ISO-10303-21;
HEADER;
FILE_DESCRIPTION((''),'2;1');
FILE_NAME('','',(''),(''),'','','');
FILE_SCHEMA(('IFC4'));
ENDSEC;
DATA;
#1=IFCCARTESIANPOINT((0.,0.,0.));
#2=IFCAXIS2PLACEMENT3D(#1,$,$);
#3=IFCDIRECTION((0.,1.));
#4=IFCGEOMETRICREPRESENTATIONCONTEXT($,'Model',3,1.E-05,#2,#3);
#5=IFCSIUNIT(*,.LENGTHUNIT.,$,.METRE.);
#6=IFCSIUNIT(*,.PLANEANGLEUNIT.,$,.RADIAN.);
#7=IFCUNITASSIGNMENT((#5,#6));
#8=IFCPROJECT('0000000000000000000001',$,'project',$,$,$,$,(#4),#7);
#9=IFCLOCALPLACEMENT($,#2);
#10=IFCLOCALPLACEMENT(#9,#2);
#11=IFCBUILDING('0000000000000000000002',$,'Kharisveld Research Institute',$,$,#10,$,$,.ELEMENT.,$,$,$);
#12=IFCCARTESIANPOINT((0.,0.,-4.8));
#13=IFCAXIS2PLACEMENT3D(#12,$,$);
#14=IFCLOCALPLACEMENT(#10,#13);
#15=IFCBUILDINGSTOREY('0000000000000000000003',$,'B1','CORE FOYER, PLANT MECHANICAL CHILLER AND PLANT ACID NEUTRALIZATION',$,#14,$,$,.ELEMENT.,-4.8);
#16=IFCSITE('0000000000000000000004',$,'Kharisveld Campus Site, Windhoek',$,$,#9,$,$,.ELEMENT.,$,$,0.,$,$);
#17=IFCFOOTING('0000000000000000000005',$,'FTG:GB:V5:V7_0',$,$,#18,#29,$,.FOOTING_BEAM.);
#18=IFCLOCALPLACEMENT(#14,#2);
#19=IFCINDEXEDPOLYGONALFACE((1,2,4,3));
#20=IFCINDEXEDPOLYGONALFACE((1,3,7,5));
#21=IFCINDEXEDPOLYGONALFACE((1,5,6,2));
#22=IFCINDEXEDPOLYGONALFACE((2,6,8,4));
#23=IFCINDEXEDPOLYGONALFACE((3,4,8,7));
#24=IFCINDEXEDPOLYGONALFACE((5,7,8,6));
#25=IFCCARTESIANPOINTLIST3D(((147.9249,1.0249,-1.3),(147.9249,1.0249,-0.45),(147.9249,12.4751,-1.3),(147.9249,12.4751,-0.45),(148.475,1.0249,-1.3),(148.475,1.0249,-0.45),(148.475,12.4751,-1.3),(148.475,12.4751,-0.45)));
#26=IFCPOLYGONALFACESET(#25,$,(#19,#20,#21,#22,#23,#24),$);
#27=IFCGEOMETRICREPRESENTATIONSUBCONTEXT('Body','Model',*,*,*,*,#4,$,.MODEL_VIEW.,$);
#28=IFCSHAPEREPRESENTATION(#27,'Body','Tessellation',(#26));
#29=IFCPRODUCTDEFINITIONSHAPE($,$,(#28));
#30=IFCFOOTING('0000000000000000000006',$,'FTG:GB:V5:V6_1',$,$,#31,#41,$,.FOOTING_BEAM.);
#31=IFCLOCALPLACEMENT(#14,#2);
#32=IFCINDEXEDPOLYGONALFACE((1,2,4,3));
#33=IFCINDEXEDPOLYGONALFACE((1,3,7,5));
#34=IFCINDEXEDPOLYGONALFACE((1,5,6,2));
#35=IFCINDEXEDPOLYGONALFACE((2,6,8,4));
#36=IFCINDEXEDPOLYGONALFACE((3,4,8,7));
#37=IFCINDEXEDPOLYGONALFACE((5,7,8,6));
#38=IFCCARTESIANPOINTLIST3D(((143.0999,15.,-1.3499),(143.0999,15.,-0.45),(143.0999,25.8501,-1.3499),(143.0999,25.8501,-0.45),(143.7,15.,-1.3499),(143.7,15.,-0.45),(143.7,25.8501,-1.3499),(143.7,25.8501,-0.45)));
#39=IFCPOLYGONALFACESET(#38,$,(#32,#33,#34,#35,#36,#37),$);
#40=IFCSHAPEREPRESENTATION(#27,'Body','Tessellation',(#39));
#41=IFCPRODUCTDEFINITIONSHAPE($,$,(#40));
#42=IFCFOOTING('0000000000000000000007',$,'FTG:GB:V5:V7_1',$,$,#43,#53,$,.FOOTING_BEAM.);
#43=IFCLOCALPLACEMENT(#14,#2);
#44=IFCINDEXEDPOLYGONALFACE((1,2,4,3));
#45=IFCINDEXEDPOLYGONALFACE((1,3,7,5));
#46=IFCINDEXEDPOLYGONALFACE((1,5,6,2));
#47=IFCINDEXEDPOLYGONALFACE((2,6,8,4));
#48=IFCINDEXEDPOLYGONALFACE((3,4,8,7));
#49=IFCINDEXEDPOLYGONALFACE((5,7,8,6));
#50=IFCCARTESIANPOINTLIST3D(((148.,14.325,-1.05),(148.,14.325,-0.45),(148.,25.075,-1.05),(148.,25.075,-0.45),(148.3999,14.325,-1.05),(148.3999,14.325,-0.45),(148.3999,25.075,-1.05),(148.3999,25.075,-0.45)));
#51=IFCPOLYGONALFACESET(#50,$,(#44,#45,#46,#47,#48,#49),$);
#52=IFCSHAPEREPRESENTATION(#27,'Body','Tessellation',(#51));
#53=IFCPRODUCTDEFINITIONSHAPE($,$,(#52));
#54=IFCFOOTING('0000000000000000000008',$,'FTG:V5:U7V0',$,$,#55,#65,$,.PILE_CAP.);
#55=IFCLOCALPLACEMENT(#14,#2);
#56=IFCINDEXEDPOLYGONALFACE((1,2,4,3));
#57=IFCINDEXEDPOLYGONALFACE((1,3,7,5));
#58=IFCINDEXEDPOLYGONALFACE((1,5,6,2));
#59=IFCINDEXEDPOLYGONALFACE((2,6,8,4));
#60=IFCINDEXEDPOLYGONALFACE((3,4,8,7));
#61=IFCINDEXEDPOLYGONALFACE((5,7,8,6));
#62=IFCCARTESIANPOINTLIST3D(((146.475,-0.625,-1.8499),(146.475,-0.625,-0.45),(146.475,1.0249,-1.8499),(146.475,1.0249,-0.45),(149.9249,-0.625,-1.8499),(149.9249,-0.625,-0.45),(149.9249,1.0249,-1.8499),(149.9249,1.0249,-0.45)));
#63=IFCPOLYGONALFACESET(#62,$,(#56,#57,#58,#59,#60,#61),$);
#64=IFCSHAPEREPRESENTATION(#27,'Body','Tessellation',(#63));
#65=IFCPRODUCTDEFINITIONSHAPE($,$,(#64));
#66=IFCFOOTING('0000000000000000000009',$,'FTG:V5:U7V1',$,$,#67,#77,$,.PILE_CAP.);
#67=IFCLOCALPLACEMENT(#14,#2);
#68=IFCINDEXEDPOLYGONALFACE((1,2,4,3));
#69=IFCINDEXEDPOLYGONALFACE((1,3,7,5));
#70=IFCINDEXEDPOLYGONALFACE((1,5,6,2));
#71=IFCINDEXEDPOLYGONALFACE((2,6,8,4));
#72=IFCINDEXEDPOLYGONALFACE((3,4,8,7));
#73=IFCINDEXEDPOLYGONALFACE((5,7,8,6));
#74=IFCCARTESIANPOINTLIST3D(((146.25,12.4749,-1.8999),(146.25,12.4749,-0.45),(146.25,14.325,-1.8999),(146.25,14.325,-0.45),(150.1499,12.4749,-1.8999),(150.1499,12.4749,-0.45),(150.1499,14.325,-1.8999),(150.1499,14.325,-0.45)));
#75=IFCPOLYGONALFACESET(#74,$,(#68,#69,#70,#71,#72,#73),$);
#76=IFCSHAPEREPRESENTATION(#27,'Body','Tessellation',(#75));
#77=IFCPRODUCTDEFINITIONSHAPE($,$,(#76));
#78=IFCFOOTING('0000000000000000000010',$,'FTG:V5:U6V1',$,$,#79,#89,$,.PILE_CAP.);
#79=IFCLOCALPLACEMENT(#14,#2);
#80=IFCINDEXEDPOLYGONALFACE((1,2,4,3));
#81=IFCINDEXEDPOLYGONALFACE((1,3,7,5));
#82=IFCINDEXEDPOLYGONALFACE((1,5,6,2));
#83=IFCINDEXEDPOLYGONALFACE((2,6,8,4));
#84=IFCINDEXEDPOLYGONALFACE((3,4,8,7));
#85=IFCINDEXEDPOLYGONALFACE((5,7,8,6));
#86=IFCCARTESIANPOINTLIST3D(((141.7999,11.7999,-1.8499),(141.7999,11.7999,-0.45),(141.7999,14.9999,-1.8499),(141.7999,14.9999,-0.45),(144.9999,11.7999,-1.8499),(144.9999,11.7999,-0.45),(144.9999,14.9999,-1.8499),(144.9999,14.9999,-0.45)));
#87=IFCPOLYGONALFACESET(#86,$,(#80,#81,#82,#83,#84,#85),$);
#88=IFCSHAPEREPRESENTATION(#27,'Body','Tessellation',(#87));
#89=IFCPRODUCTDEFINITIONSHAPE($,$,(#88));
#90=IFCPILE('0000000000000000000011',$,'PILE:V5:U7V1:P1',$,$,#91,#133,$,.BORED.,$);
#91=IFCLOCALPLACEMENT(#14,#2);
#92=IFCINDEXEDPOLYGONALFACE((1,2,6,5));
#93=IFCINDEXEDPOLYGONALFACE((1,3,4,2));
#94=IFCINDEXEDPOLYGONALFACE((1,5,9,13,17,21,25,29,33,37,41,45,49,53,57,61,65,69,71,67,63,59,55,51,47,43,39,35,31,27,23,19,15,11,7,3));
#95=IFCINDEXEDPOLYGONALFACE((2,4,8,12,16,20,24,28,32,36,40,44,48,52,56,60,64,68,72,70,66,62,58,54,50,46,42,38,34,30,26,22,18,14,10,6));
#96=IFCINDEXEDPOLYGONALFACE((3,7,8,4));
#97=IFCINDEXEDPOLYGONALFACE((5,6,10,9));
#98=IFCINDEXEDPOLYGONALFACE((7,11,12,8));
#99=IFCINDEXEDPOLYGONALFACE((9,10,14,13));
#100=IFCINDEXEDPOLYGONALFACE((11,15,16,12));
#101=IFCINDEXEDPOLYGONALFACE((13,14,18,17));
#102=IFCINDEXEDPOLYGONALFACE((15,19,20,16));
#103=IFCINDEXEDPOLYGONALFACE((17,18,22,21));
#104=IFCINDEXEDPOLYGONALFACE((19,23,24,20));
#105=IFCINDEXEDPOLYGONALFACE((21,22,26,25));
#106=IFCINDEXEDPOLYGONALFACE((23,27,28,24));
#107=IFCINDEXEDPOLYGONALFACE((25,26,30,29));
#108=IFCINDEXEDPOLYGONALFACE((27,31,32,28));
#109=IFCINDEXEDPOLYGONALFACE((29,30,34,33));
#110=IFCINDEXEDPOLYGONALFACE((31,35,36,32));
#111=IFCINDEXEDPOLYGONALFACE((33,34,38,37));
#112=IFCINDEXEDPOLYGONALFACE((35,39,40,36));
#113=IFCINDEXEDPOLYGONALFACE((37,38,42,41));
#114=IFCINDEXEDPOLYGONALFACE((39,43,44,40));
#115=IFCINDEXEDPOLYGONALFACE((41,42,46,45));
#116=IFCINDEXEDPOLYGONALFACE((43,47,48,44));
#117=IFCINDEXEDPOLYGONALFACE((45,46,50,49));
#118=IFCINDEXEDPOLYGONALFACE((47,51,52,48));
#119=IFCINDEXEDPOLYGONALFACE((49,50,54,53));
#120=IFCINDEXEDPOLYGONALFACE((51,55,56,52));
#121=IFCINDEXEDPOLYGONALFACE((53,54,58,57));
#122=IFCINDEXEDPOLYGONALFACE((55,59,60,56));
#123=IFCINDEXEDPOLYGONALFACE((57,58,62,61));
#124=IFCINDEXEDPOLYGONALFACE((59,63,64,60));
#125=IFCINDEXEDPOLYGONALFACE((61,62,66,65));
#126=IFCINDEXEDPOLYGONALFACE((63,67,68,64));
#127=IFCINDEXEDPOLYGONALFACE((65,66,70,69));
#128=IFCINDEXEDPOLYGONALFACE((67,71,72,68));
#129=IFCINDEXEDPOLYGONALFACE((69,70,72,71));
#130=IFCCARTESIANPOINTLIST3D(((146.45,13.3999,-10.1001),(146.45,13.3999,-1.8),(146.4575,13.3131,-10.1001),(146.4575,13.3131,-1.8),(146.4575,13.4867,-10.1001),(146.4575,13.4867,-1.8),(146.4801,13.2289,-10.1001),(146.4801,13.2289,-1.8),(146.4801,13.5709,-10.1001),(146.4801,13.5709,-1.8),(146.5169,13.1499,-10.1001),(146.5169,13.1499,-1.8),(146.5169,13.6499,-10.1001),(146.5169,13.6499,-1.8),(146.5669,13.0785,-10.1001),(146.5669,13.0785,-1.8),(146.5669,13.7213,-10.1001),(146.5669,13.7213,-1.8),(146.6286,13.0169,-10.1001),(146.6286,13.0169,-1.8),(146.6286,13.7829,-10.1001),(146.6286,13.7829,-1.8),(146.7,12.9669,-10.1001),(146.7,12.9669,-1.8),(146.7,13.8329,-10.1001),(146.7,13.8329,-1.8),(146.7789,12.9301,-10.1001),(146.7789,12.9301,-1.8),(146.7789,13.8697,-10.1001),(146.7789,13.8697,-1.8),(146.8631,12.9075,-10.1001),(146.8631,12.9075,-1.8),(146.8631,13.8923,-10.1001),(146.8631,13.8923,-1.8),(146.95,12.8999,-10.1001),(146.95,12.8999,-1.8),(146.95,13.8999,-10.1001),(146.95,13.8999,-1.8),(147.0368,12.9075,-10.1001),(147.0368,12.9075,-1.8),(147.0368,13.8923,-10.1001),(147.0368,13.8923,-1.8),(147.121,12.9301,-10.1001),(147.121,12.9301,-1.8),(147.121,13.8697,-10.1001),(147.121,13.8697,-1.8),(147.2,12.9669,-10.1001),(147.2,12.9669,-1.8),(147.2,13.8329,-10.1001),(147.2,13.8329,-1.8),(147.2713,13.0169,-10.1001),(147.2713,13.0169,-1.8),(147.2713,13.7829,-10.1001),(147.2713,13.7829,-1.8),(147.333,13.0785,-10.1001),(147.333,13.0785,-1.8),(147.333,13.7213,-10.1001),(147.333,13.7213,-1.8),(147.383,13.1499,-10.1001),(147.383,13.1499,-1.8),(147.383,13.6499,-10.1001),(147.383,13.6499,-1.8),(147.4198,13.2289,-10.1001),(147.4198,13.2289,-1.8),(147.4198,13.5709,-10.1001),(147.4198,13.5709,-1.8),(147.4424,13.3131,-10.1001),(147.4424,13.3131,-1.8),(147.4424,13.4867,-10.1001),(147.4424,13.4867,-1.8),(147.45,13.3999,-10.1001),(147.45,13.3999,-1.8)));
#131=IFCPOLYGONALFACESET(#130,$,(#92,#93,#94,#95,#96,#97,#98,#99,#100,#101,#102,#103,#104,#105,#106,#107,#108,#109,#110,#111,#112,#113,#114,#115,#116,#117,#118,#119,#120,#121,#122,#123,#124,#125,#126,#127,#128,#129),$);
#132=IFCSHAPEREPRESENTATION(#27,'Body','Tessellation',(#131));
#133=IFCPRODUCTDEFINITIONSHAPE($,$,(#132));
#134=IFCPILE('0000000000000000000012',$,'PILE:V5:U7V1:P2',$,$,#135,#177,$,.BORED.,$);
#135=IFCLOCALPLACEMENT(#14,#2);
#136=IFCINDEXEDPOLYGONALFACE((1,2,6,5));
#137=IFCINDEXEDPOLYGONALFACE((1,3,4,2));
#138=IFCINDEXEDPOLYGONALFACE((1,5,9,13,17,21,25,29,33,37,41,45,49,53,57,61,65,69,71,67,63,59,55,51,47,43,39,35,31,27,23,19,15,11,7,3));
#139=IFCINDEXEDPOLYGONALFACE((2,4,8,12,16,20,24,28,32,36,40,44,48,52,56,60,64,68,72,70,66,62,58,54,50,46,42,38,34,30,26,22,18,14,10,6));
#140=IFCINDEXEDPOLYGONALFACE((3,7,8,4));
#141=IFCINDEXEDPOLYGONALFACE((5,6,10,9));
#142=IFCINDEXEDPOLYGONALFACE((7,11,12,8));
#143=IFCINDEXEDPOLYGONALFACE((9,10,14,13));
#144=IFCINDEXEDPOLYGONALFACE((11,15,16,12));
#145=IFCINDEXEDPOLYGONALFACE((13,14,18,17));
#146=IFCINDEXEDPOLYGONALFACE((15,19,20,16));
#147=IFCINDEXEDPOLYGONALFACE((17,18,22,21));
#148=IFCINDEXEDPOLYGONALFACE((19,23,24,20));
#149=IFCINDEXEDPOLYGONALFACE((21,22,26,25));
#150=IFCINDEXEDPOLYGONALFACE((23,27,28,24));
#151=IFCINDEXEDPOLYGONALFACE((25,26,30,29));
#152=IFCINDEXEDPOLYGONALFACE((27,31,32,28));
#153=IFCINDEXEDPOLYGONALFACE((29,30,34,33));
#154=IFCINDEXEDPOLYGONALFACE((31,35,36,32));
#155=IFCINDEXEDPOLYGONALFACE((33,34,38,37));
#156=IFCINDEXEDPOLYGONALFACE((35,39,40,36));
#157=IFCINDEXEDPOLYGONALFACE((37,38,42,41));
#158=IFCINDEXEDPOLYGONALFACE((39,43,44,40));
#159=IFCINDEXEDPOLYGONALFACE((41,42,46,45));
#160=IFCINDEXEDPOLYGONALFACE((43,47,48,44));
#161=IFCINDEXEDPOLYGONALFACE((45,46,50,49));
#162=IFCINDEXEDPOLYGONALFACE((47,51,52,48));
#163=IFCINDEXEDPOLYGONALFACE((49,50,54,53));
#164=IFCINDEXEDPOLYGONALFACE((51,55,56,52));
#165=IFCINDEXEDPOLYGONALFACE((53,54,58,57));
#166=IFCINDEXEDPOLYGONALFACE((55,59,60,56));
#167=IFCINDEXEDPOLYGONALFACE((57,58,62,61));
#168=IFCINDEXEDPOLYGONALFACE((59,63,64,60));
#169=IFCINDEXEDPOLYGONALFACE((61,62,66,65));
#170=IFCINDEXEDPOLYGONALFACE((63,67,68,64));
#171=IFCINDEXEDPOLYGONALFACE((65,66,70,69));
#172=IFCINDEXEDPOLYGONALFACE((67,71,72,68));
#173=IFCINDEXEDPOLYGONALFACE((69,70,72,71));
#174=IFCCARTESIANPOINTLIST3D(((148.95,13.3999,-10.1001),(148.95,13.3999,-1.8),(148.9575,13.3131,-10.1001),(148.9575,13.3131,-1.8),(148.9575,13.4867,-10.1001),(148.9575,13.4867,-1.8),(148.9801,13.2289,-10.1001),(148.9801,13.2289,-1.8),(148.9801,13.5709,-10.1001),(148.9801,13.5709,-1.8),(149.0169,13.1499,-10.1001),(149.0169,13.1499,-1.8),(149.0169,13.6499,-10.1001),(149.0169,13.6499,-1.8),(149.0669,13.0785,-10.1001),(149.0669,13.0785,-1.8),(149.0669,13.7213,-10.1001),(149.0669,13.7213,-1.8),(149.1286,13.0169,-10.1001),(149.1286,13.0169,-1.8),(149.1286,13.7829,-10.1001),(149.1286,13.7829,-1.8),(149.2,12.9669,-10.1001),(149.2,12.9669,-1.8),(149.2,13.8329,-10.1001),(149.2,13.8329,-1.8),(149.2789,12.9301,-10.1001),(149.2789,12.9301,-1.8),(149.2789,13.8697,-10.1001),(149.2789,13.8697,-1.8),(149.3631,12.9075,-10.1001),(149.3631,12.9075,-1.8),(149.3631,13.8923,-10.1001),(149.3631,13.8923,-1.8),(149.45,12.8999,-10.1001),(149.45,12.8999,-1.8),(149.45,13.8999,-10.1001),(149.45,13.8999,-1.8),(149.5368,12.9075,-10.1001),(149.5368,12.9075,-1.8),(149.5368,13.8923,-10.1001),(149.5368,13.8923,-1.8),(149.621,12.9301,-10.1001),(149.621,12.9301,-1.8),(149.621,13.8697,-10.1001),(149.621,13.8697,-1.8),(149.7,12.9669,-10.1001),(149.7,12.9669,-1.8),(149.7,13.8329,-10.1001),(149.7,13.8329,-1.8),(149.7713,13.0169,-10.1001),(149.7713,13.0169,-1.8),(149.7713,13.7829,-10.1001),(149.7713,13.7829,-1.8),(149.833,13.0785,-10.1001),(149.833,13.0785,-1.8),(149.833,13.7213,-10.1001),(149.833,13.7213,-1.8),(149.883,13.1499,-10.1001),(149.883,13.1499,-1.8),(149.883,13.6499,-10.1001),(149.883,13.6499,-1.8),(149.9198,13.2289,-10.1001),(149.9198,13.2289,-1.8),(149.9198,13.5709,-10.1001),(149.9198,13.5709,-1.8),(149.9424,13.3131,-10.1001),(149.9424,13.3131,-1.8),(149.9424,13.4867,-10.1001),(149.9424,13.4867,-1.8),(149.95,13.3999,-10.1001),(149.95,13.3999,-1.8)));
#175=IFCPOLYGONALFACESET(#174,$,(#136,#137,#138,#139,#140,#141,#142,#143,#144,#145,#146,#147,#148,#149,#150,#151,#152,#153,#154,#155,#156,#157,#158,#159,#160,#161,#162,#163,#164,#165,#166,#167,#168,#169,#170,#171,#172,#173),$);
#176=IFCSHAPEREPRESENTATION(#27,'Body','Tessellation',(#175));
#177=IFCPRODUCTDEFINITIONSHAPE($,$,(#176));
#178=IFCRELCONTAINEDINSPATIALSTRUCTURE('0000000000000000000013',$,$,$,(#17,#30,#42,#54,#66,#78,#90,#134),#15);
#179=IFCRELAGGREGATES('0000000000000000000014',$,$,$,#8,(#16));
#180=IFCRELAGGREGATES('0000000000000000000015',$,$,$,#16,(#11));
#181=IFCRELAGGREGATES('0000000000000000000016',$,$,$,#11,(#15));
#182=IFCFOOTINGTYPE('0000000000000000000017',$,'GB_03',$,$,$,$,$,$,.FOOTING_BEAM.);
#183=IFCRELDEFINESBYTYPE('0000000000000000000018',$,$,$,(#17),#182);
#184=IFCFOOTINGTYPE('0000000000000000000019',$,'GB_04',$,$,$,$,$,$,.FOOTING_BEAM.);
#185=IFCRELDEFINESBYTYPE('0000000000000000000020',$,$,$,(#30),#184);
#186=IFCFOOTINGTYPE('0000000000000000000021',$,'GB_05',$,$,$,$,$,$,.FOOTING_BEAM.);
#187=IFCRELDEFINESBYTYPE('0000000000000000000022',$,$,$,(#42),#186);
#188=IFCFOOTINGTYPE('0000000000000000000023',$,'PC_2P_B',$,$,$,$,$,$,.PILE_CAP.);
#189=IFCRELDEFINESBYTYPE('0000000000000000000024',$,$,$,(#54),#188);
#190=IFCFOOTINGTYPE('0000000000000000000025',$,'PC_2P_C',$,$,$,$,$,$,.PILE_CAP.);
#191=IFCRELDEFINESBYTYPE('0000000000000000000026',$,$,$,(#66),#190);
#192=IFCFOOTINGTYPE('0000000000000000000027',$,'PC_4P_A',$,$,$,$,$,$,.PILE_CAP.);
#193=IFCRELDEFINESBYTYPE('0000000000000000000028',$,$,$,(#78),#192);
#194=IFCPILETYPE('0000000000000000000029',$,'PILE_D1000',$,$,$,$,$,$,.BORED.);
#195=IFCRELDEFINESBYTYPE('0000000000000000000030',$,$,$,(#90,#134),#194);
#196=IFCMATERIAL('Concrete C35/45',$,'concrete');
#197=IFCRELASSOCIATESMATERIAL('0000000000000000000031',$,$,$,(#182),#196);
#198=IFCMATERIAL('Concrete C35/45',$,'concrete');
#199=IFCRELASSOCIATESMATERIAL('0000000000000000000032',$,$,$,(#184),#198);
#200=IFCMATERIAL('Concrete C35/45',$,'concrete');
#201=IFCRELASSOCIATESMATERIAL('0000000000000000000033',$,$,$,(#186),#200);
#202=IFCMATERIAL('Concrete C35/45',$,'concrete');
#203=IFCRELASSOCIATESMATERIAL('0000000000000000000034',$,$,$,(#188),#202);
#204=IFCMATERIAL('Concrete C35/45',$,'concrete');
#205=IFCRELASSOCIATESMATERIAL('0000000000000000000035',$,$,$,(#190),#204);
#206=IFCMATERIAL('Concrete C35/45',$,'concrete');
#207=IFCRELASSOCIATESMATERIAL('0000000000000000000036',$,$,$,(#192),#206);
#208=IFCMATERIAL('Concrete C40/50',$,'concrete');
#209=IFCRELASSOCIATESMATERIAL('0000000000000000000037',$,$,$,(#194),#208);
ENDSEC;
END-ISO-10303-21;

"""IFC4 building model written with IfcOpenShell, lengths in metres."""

from ifc_helpers import new_model, si_unit, direction, frame, origin, origin_2d, place, context, subcontext, project, spatial, rectangle, circle, extrude, material, material_profile, profile_set, type_object, element, save


model = new_model("IFC4")

# Units and contexts
model_context = context("Model", 3, precision=1e-05, world=origin(), true_north=direction((0.0, 1.0)))
body_context = subcontext(model_context, "Body", "Model", "MODEL_VIEW")
ifc_project = project(units=[si_unit("LENGTHUNIT", "METRE"), si_unit("PLANEANGLEUNIT", "RADIAN")], contexts=[model_context])

# Site, building, storey
site_placement = place(None, origin())
site = spatial("IfcSite", under=ifc_project, at=site_placement, Name="Kharisveld Campus Site, Windhoek", CompositionType="ELEMENT", RefElevation=0.0)
building_placement = place(site_placement, origin())
building = spatial("IfcBuilding", under=site, at=building_placement, Name="Kharisveld Research Institute", CompositionType="ELEMENT")
storey_placement = place(building_placement, frame((0.0, 0.0, -4.8)))
storey = spatial("IfcBuildingStorey", under=building, at=storey_placement, Name="B1", Description="CORE FOYER, PLANT MECHANICAL CHILLER AND PLANT ACID NEUTRALIZATION", CompositionType="ELEMENT", Elevation=-4.8)

# Footings
ifc_material_1 = material(Name="Concrete C35/45", Category="concrete")
ifc_material_profile_1 = material_profile(ifc_material_1, rectangle(XDim=0.55, YDim=0.8501, at=origin_2d()))
ifc_profile_set_1 = profile_set([ifc_material_profile_1], Name="Concrete C35/45")
footing_type_1 = type_object("IfcFootingType", Name="GB_03", PredefinedType="FOOTING_BEAM", material=ifc_profile_set_1)
footing_1_placement = place(storey_placement, frame((148.2, 1.0249, -0.875), z_axis=(0.0, 1.0, 0.0), x_axis=(-1.0, 0.0, 0.0)))
element("IfcFooting", 1, at=footing_1_placement, inside=storey, type_object=footing_type_1, Name="FTG:GB:V5:V7_0", PredefinedType="FOOTING_BEAM", context=body_context, shape_type="SweptSolid", body=[
    extrude(rectangle(XDim=0.55, YDim=0.8501, at=origin_2d()), origin(), (0.0, 0.0, 1.0), 11.4502),
])
ifc_material_2 = material(Name="Concrete C35/45", Category="concrete")
ifc_material_profile_2 = material_profile(ifc_material_2, rectangle(XDim=0.6001, YDim=0.8999, at=origin_2d()))
ifc_profile_set_2 = profile_set([ifc_material_profile_2], Name="Concrete C35/45")
footing_type_2 = type_object("IfcFootingType", Name="GB_04", PredefinedType="FOOTING_BEAM", material=ifc_profile_set_2)
footing_2_placement = place(storey_placement, frame((143.3999, 15.0, -0.8999), z_axis=(0.0, 1.0, 0.0), x_axis=(-1.0, 0.0, 0.0)))
element("IfcFooting", 2, at=footing_2_placement, inside=storey, type_object=footing_type_2, Name="FTG:GB:V5:V6_1", PredefinedType="FOOTING_BEAM", context=body_context, shape_type="SweptSolid", body=[
    extrude(rectangle(XDim=0.6001, YDim=0.8999, at=origin_2d()), origin(), (0.0, 0.0, 1.0), 10.8501),
])
ifc_material_3 = material(Name="Concrete C35/45", Category="concrete")
ifc_material_profile_3 = material_profile(ifc_material_3, rectangle(XDim=0.3999, YDim=0.6001, at=origin_2d()))
ifc_profile_set_3 = profile_set([ifc_material_profile_3], Name="Concrete C35/45")
footing_type_3 = type_object("IfcFootingType", Name="GB_05", PredefinedType="FOOTING_BEAM", material=ifc_profile_set_3)
footing_3_placement = place(storey_placement, frame((148.2, 14.325, -0.75), z_axis=(0.0, 1.0, 0.0), x_axis=(-1.0, 0.0, 0.0)))
element("IfcFooting", 3, at=footing_3_placement, inside=storey, type_object=footing_type_3, Name="FTG:GB:V5:V7_1", PredefinedType="FOOTING_BEAM", context=body_context, shape_type="SweptSolid", body=[
    extrude(rectangle(XDim=0.3999, YDim=0.6001, at=origin_2d()), origin(), (0.0, 0.0, 1.0), 10.75),
])
ifc_material_4 = material(Name="Concrete C35/45", Category="concrete")
footing_type_4 = type_object("IfcFootingType", Name="PC_2P_B", PredefinedType="PILE_CAP", material=ifc_material_4)
footing_4_placement = place(storey_placement, frame((148.2, 0.2, -1.8499), z_axis=(0.0, 0.0, 1.0), x_axis=(1.0, 0.0, 0.0)))
element("IfcFooting", 4, at=footing_4_placement, inside=storey, type_object=footing_type_4, Name="FTG:V5:U7V0", PredefinedType="PILE_CAP", context=body_context, shape_type="SweptSolid", body=[
    extrude(rectangle(XDim=3.45, YDim=1.6499, at=origin_2d()), origin(), (0.0, 0.0, 1.0), 1.3999),
])
ifc_material_5 = material(Name="Concrete C35/45", Category="concrete")
footing_type_5 = type_object("IfcFootingType", Name="PC_2P_C", PredefinedType="PILE_CAP", material=ifc_material_5)
footing_5_placement = place(storey_placement, frame((148.2, 13.3999, -1.8999), z_axis=(0.0, 0.0, 1.0), x_axis=(1.0, 0.0, 0.0)))
element("IfcFooting", 5, at=footing_5_placement, inside=storey, type_object=footing_type_5, Name="FTG:V5:U7V1", PredefinedType="PILE_CAP", context=body_context, shape_type="SweptSolid", body=[
    extrude(rectangle(XDim=3.8999, YDim=1.8501, at=origin_2d()), origin(), (0.0, 0.0, 1.0), 1.45),
])
ifc_material_6 = material(Name="Concrete C35/45", Category="concrete")
footing_type_6 = type_object("IfcFootingType", Name="PC_4P_A", PredefinedType="PILE_CAP", material=ifc_material_6)
footing_6_placement = place(storey_placement, frame((143.3999, 13.3999, -1.8499), z_axis=(0.0, 0.0, 1.0), x_axis=(1.0, 0.0, 0.0)))
element("IfcFooting", 6, at=footing_6_placement, inside=storey, type_object=footing_type_6, Name="FTG:V5:U6V1", PredefinedType="PILE_CAP", context=body_context, shape_type="SweptSolid", body=[
    extrude(rectangle(XDim=3.2, YDim=3.2, at=origin_2d()), origin(), (0.0, 0.0, 1.0), 1.3999),
])

# Piles
ifc_material_7 = material(Name="Concrete C40/50", Category="concrete")
ifc_material_profile_4 = material_profile(ifc_material_7, circle(Radius=0.5, at=origin_2d()))
ifc_profile_set_4 = profile_set([ifc_material_profile_4], Name="Concrete C40/50")
pile_type_1 = type_object("IfcPileType", Name="PILE_D1000", PredefinedType="BORED", material=ifc_profile_set_4)
for number, where, z_axis, x_axis, name in (
    (7, (146.95, 13.3999, -1.8), (0.0, 0.0, -1.0), (1.0, 0.0, 0.0), "PILE:V5:U7V1:P1"),
    (8, (149.45, 13.3999, -1.8), (0.0, 0.0, -1.0), (1.0, 0.0, 0.0), "PILE:V5:U7V1:P2"),
):
    element("IfcPile", number, at=place(storey_placement, frame(where, z_axis=z_axis, x_axis=x_axis)), inside=storey, type_object=pile_type_1, Name=name, PredefinedType="BORED", context=body_context, shape_type="SweptSolid", body=[
        extrude(circle(Radius=0.5, at=origin_2d()), origin(), (0.0, 0.0, 1.0), 8.3),
    ])

save(model, "model.ifc")
